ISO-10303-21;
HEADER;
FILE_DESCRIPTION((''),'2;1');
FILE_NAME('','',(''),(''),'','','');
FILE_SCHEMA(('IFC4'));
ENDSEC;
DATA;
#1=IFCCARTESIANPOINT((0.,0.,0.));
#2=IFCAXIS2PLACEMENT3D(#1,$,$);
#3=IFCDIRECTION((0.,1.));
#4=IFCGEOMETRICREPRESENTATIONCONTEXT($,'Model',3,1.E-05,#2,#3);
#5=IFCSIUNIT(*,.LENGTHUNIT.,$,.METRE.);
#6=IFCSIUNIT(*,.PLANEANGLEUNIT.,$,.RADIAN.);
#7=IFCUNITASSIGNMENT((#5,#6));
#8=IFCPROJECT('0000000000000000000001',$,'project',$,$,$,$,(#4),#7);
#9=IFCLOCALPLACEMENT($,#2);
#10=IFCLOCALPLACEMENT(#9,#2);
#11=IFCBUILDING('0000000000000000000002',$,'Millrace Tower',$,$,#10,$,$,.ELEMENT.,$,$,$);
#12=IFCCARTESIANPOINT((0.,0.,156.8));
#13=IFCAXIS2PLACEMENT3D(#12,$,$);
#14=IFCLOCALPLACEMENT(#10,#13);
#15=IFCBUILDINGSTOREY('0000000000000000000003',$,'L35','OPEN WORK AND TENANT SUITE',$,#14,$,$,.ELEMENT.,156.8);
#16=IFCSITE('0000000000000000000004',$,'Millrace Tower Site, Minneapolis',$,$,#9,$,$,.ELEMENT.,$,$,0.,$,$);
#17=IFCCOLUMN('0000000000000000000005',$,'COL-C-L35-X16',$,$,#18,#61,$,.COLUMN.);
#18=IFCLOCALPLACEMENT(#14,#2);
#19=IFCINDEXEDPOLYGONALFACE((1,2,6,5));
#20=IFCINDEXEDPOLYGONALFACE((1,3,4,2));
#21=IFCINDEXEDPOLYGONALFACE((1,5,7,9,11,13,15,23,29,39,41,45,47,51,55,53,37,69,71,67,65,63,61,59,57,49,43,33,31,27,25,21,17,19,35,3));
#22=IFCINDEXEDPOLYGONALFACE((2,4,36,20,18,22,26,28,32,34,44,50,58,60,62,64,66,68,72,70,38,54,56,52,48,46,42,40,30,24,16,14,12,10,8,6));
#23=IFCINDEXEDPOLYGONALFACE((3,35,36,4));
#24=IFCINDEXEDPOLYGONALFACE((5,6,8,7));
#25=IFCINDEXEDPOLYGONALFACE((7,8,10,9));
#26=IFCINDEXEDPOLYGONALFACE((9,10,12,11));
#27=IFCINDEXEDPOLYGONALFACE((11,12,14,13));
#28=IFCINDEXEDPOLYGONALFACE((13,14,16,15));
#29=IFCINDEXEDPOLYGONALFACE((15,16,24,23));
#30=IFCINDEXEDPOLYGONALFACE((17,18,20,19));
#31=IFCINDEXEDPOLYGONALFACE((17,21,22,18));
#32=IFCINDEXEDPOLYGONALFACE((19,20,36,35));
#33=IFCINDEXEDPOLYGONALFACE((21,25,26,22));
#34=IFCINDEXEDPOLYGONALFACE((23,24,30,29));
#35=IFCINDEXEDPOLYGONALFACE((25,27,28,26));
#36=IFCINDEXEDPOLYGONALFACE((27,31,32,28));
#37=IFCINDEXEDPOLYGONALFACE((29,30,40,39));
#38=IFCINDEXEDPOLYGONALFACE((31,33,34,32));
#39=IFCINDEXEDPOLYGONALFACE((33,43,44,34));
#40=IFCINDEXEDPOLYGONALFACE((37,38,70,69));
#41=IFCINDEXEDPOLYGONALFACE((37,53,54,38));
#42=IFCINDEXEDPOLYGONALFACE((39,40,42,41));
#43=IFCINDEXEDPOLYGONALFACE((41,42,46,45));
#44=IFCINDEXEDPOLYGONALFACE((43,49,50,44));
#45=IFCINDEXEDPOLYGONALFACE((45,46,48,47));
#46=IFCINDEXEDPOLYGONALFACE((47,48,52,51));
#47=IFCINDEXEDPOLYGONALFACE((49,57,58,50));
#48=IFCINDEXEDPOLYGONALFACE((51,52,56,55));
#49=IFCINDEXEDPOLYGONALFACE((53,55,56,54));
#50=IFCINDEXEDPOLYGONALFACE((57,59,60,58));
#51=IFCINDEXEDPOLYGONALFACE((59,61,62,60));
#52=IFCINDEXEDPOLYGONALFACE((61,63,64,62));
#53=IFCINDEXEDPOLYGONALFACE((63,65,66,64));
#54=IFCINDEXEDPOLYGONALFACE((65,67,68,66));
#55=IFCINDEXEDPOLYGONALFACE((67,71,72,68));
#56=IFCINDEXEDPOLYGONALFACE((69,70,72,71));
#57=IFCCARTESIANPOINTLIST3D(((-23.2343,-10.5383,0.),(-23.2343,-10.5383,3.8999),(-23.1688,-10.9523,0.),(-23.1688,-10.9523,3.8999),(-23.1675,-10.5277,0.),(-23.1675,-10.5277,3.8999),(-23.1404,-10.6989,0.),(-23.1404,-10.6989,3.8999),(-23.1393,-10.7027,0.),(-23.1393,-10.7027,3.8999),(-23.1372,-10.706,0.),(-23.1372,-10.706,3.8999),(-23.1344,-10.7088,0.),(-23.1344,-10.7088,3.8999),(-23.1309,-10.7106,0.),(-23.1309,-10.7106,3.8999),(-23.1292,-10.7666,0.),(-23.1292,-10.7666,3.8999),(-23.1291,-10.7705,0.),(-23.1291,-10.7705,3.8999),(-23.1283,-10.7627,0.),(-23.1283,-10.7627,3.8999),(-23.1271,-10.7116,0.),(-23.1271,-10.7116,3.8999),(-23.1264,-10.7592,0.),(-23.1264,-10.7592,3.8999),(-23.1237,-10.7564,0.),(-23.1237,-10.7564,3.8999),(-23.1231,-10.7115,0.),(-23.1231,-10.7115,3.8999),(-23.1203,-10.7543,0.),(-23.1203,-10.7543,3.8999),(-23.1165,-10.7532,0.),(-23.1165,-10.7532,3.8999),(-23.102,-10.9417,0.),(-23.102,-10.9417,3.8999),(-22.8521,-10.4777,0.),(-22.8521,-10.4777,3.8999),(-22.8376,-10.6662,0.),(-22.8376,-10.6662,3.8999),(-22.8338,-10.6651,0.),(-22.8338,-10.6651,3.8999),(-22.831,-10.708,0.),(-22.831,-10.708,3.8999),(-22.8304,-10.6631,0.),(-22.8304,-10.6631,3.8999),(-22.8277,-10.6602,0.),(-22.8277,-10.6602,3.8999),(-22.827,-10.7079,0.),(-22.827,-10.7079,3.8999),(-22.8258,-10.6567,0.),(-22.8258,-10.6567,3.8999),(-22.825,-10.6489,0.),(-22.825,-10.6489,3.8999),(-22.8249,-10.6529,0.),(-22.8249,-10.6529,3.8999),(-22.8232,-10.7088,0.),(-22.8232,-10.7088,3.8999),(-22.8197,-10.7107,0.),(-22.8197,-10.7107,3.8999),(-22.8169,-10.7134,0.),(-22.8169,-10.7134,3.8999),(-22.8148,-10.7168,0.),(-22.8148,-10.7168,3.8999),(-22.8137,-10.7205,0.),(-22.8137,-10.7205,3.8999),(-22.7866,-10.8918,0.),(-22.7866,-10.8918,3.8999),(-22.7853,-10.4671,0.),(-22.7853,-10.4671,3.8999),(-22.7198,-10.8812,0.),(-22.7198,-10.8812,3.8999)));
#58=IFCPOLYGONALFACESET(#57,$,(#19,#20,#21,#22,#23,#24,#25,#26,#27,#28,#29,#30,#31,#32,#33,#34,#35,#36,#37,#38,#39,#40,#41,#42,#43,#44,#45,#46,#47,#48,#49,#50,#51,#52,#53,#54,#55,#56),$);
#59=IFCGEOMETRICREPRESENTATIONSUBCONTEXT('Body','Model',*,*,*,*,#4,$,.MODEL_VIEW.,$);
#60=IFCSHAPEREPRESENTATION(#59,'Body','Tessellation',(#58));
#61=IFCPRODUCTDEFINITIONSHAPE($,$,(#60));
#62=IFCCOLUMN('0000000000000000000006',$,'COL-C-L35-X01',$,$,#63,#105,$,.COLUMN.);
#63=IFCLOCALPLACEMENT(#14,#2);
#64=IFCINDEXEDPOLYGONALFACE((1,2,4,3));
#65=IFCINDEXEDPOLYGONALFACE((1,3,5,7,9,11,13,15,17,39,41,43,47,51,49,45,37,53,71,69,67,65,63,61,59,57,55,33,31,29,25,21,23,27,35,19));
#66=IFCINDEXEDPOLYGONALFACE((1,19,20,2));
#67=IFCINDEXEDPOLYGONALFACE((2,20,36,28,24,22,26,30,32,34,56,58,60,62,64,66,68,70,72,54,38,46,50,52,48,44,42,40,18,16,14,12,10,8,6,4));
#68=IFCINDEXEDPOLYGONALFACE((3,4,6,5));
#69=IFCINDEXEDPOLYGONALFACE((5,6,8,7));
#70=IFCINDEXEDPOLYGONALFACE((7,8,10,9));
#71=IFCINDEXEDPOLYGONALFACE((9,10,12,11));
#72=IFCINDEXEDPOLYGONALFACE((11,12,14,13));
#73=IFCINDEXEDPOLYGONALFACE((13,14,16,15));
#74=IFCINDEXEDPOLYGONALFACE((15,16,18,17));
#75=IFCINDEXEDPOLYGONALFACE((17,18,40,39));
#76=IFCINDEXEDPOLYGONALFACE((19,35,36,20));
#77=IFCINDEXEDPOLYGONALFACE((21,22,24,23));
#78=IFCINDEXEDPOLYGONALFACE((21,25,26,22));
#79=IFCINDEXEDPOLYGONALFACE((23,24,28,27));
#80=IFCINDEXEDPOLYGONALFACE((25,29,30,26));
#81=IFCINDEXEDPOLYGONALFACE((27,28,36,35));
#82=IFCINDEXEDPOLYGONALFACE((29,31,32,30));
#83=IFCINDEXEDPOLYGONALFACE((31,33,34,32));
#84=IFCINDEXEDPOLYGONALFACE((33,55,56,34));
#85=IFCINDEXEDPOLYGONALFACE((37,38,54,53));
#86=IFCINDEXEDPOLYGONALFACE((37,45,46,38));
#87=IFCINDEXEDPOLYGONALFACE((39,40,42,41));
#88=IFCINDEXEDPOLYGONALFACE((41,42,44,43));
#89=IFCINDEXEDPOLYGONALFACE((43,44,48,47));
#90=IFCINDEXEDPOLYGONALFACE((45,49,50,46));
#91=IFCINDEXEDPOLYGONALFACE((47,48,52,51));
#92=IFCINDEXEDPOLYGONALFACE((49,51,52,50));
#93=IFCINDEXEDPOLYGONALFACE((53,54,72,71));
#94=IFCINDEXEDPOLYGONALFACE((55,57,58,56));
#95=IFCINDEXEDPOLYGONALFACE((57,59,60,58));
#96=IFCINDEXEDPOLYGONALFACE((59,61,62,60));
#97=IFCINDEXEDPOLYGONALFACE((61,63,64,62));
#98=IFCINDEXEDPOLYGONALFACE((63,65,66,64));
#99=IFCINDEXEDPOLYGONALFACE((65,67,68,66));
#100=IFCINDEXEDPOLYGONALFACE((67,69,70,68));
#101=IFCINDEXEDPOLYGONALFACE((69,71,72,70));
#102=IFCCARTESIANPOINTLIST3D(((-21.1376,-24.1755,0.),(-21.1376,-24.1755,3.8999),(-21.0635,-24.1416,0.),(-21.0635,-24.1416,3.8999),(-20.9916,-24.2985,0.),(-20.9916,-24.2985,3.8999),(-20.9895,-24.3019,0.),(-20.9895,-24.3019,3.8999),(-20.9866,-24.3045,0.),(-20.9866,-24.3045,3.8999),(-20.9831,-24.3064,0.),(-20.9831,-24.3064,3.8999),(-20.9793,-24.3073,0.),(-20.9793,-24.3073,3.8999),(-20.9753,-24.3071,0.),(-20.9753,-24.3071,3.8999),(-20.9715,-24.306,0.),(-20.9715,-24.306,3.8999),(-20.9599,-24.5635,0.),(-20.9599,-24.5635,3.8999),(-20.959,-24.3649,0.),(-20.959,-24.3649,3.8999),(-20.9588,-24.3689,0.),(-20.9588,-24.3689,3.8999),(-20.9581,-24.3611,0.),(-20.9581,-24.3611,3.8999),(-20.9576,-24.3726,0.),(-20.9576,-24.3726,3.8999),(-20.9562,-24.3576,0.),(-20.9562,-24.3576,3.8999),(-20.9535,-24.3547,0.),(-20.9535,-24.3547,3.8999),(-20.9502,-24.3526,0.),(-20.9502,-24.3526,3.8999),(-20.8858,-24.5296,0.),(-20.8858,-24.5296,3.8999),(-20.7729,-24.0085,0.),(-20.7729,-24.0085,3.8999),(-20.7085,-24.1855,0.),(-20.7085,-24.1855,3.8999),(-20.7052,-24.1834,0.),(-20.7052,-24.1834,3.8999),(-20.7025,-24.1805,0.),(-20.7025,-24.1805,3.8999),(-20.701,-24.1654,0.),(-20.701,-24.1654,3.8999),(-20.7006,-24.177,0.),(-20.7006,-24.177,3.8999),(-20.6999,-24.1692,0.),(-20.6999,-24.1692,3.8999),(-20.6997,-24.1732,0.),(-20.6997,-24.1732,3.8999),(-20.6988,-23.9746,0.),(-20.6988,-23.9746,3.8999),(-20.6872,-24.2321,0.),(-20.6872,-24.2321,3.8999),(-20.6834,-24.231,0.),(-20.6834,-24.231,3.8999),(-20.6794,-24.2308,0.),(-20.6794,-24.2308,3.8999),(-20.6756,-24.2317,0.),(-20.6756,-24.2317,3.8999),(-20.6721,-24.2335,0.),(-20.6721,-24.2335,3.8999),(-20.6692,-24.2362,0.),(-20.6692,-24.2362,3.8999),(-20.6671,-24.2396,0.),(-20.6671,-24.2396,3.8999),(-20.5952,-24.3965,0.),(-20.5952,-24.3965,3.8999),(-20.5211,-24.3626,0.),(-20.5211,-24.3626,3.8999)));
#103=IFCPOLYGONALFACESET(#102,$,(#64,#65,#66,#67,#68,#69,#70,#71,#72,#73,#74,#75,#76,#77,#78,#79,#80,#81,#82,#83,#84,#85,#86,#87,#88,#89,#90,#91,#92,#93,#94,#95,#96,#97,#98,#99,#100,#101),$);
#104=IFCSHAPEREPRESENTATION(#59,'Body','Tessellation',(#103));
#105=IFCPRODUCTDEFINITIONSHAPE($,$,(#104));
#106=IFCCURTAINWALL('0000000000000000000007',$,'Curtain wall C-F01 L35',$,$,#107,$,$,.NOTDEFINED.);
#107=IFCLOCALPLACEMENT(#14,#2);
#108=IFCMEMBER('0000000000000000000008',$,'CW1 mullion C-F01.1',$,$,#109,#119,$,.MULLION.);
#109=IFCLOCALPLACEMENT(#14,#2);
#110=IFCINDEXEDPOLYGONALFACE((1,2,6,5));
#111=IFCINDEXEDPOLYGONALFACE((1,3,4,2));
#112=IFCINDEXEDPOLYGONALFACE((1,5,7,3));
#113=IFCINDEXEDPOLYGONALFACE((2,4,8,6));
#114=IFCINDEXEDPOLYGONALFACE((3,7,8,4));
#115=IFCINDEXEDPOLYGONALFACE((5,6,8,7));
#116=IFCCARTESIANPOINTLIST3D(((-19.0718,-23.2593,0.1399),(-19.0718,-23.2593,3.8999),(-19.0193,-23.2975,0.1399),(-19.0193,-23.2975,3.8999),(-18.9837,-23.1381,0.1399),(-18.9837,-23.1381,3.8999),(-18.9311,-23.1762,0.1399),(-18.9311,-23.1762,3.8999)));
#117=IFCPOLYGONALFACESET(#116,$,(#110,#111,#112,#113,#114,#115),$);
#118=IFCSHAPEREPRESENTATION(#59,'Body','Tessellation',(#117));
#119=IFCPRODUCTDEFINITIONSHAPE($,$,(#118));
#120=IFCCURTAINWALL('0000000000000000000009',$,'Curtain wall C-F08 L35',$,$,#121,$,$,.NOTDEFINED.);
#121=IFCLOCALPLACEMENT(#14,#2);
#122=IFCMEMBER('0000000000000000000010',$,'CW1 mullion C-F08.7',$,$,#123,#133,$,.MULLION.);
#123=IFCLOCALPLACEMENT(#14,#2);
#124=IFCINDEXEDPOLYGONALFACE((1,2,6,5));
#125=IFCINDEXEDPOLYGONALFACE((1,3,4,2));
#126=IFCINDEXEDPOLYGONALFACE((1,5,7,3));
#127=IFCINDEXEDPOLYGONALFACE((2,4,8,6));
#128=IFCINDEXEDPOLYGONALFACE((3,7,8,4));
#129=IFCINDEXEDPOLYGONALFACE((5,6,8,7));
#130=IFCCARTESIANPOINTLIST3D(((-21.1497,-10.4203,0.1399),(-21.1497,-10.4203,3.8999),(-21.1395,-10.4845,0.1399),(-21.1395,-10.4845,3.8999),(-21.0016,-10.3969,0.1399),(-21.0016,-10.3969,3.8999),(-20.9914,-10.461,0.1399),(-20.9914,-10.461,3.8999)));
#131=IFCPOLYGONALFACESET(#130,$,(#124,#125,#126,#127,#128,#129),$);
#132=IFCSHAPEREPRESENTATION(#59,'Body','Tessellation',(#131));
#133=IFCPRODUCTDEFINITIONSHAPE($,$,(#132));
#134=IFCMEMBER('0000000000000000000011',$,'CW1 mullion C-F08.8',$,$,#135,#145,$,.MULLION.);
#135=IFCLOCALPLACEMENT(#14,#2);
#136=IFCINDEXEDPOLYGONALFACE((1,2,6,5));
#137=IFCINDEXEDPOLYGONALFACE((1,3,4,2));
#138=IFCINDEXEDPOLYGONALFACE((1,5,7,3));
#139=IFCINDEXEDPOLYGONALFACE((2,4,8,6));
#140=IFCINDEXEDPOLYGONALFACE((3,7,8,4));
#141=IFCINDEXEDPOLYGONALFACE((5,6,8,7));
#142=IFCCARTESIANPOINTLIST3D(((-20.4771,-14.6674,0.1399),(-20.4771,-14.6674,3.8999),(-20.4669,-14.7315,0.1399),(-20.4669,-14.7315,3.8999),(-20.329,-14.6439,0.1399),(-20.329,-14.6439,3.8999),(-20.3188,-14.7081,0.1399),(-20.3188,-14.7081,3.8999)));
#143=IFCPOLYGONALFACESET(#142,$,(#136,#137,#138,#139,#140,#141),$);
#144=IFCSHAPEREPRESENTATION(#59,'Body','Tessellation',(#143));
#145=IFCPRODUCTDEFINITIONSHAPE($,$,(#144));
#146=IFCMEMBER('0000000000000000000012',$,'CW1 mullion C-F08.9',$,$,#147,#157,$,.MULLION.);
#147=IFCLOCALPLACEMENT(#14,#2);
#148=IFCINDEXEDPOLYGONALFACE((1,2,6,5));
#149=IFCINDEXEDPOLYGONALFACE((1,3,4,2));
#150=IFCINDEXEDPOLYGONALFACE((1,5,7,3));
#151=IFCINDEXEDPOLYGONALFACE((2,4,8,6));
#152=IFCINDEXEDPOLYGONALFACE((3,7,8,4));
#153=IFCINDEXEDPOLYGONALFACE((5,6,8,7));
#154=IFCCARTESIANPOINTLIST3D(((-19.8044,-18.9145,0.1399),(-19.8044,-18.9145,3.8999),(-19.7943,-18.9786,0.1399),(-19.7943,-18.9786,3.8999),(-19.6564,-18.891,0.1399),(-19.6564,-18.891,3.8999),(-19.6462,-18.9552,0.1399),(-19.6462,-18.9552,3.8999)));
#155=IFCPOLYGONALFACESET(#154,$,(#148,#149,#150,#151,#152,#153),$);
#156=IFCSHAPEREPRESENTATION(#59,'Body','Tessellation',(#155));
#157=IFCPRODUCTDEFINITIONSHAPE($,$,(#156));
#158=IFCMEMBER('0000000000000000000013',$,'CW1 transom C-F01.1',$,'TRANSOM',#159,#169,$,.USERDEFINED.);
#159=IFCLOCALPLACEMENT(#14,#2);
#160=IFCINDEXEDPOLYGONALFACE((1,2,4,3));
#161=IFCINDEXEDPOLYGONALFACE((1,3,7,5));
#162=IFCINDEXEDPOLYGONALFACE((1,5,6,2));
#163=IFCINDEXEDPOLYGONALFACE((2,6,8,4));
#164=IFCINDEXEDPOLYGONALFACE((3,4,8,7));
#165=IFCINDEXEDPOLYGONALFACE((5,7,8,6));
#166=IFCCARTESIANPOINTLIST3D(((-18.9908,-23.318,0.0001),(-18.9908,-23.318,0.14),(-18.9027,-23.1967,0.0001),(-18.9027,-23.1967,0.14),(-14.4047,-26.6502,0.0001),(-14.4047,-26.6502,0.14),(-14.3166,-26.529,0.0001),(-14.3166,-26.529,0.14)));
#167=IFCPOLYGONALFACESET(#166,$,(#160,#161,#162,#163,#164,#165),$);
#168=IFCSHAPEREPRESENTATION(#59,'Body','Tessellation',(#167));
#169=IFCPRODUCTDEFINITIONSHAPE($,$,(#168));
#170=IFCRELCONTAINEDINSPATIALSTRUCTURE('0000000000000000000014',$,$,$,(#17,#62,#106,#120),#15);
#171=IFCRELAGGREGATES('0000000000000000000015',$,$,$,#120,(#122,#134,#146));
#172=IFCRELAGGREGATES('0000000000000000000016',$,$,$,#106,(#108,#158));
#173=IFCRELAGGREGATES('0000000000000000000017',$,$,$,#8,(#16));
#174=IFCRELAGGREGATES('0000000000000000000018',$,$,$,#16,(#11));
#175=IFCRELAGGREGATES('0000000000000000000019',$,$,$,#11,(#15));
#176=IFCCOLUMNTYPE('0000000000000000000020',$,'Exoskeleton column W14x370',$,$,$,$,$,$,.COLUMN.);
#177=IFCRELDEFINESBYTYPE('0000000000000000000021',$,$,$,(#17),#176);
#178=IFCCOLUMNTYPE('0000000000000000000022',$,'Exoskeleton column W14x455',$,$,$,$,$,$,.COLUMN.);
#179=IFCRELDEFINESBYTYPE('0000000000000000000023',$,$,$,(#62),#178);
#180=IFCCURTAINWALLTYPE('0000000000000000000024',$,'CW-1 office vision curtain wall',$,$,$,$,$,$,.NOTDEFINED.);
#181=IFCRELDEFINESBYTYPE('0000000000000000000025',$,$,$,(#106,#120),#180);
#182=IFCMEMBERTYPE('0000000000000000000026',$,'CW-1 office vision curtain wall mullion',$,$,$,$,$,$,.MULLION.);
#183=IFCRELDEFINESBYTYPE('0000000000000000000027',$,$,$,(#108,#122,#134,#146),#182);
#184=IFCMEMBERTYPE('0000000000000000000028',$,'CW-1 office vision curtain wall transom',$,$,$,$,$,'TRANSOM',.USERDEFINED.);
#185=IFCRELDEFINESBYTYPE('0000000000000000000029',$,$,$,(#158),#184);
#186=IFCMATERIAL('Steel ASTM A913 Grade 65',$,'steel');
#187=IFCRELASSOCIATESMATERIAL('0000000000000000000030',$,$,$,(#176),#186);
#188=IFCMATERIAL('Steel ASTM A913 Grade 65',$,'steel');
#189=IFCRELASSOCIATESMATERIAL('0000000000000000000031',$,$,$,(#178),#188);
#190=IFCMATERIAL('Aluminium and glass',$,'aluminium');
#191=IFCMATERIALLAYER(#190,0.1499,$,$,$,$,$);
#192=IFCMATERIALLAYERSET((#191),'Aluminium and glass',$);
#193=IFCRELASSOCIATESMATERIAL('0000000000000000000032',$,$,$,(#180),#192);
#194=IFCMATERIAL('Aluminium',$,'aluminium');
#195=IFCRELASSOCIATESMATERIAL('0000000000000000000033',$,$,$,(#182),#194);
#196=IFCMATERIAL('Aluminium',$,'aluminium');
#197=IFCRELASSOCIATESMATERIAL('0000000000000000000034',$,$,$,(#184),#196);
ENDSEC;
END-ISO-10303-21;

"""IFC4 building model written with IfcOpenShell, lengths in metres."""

from ifc_helpers import new_model, si_unit, direction, frame, origin, origin_2d, place, context, subcontext, project, spatial, rectangle, i_section, extrude, material, layer, layer_set, material_profile, profile_set, type_object, element, aggregate, save


model = new_model("IFC4")

# Units and contexts
model_context = context("Model", 3, precision=1e-05, world=origin(), true_north=direction((0.0, 1.0)))
body_context = subcontext(model_context, "Body", "Model", "MODEL_VIEW")
ifc_project = project(units=[si_unit("LENGTHUNIT", "METRE"), si_unit("PLANEANGLEUNIT", "RADIAN")], contexts=[model_context])

# Site, building, storey
site_placement = place(None, origin())
site = spatial("IfcSite", under=ifc_project, at=site_placement, Name="Millrace Tower Site, Minneapolis", CompositionType="ELEMENT", RefElevation=0.0)
building_placement = place(site_placement, origin())
building = spatial("IfcBuilding", under=site, at=building_placement, Name="Millrace Tower", CompositionType="ELEMENT")
storey_placement = place(building_placement, frame((0.0, 0.0, 156.8)))
storey = spatial("IfcBuildingStorey", under=building, at=storey_placement, Name="L35", Description="OPEN WORK AND TENANT SUITE", CompositionType="ELEMENT", Elevation=156.8)

# Columns
ifc_material_1 = material(Name="Steel ASTM A913 Grade 65", Category="steel")
ifc_material_profile_1 = material_profile(ifc_material_1, i_section(OverallWidth=0.4192, OverallDepth=0.4546, WebThickness=0.0422, FlangeThickness=0.0676, FilletRadius=0.0151, at=origin_2d()))
ifc_profile_set_1 = profile_set([ifc_material_profile_1], Name="Steel ASTM A913 Grade 65")
column_type_1 = type_object("IfcColumnType", Name="Exoskeleton column W14x370", PredefinedType="COLUMN", material=ifc_profile_set_1)
column_1_placement = place(storey_placement, frame((-22.9771, -10.7097, 0.0), z_axis=(0.0, 0.0, 1.0), x_axis=(0.156434, -0.987688, 0.0)))
element("IfcColumn", 1, at=column_1_placement, inside=storey, type_object=column_type_1, Name="COL-C-L35-X16", PredefinedType="COLUMN", context=body_context, shape_type="SweptSolid", body=[
    extrude(i_section(OverallWidth=0.4192, OverallDepth=0.4546, WebThickness=0.0422, FlangeThickness=0.0676, FilletRadius=0.0151, at=origin_2d()), origin(), (0.0, 0.0, 1.0), 3.8999),
])
ifc_material_2 = material(Name="Steel ASTM A913 Grade 65", Category="steel")
ifc_material_profile_2 = material_profile(ifc_material_2, i_section(OverallWidth=0.4268, OverallDepth=0.4827, WebThickness=0.0513, FlangeThickness=0.0815, FilletRadius=0.0151, at=origin_2d()))
ifc_profile_set_2 = profile_set([ifc_material_profile_2], Name="Steel ASTM A913 Grade 65")
column_type_2 = type_object("IfcColumnType", Name="Exoskeleton column W14x455", PredefinedType="COLUMN", material=ifc_profile_set_2)
column_2_placement = place(storey_placement, frame((-20.8293, -24.269, 0.0), z_axis=(0.0, 0.0, 1.0), x_axis=(0.416401, -0.909181, 0.0)))
element("IfcColumn", 2, at=column_2_placement, inside=storey, type_object=column_type_2, Name="COL-C-L35-X01", PredefinedType="COLUMN", context=body_context, shape_type="SweptSolid", body=[
    extrude(i_section(OverallWidth=0.4268, OverallDepth=0.4827, WebThickness=0.0513, FlangeThickness=0.0815, FilletRadius=0.0151, at=origin_2d()), origin(), (0.0, 0.0, 1.0), 3.8999),
])

# Curtain wall, member
ifc_material_3 = material(Name="Aluminium and glass", Category="aluminium")
ifc_layer_1 = layer(ifc_material_3, 0.1499)
ifc_layer_set_1 = layer_set([ifc_layer_1], Name="Aluminium and glass")
curtain_wall_type = type_object("IfcCurtainWallType", Name="CW-1 office vision curtain wall", PredefinedType="NOTDEFINED", material=ifc_layer_set_1)
placement = place(storey_placement, origin())
curtain_wall_1 = element("IfcCurtainWall", 3, at=placement, inside=storey, type_object=curtain_wall_type, Name="Curtain wall C-F01 L35", PredefinedType="NOTDEFINED")
ifc_material_4 = material(Name="Aluminium", Category="aluminium")
ifc_material_profile_3 = material_profile(ifc_material_4, rectangle(XDim=0.0649, YDim=0.1499, at=origin_2d()))
ifc_profile_set_3 = profile_set([ifc_material_profile_3], Name="Aluminium")
member_type_1 = type_object("IfcMemberType", Name="CW-1 office vision curtain wall mullion", PredefinedType="MULLION", material=ifc_profile_set_3)
member_1_placement = place(storey_placement, frame((-19.0015, -23.2178, 0.1399), z_axis=(0.0, 0.0, 1.0), x_axis=(0.809017, -0.587785, 0.0)))
member_1 = element("IfcMember", 4, at=member_1_placement, type_object=member_type_1, Name="CW1 mullion C-F01.1", PredefinedType="MULLION", context=body_context, shape_type="SweptSolid", body=[
    extrude(rectangle(XDim=0.0649, YDim=0.1499, at=origin_2d()), origin(), (0.0, 0.0, 1.0), 3.76),
])

# Curtain wall, members
curtain_wall_2 = element("IfcCurtainWall", 5, at=placement, inside=storey, type_object=curtain_wall_type, Name="Curtain wall C-F08 L35", PredefinedType="NOTDEFINED")
member_2_placement = place(storey_placement, frame((-21.0706, -10.4407, 0.1399), z_axis=(0.0, 0.0, 1.0), x_axis=(0.156434, -0.987688, 0.0)))
member_2 = element("IfcMember", 6, at=member_2_placement, type_object=member_type_1, Name="CW1 mullion C-F08.7", PredefinedType="MULLION", context=body_context, shape_type="SweptSolid", body=[
    extrude(rectangle(XDim=0.0649, YDim=0.1499, at=origin_2d()), origin(), (0.0, 0.0, 1.0), 3.76),
])
member_3_placement = place(storey_placement, frame((-20.3979, -14.6877, 0.1399), z_axis=(0.0, 0.0, 1.0), x_axis=(0.156434, -0.987688, 0.0)))
member_3 = element("IfcMember", 7, at=member_3_placement, type_object=member_type_1, Name="CW1 mullion C-F08.8", PredefinedType="MULLION", context=body_context, shape_type="SweptSolid", body=[
    extrude(rectangle(XDim=0.0649, YDim=0.1499, at=origin_2d()), origin(), (0.0, 0.0, 1.0), 3.76),
])
member_4_placement = place(storey_placement, frame((-19.7253, -18.9348, 0.1399), z_axis=(0.0, 0.0, 1.0), x_axis=(0.156434, -0.987688, 0.0)))
member_4 = element("IfcMember", 8, at=member_4_placement, type_object=member_type_1, Name="CW1 mullion C-F08.9", PredefinedType="MULLION", context=body_context, shape_type="SweptSolid", body=[
    extrude(rectangle(XDim=0.0649, YDim=0.1499, at=origin_2d()), origin(), (0.0, 0.0, 1.0), 3.76),
])
aggregate(curtain_wall_2, [member_2, member_3, member_4])

# Member
ifc_material_5 = material(Name="Aluminium", Category="aluminium")
ifc_material_profile_4 = material_profile(ifc_material_5, rectangle(XDim=0.1499, YDim=0.1399, at=origin_2d()))
ifc_profile_set_4 = profile_set([ifc_material_profile_4], Name="Aluminium")
member_type_2 = type_object("IfcMemberType", Name="CW-1 office vision curtain wall transom", ElementType="TRANSOM", PredefinedType="USERDEFINED", material=ifc_profile_set_4)
member_5_placement = place(storey_placement, frame((-18.9468, -23.2573, 0.0701), z_axis=(0.808999, -0.587811, 0.0), x_axis=(0.587811, 0.808999, 0.0)))
member_5 = element("IfcMember", 9, at=member_5_placement, type_object=member_type_2, Name="CW1 transom C-F01.1", ObjectType="TRANSOM", PredefinedType="USERDEFINED", context=body_context, shape_type="SweptSolid", body=[
    extrude(rectangle(XDim=0.1499, YDim=0.1399, at=origin_2d()), origin(), (0.0, 0.0, 1.0), 5.6689),
])
aggregate(curtain_wall_1, [member_1, member_5])

save(model, "model.ifc")
